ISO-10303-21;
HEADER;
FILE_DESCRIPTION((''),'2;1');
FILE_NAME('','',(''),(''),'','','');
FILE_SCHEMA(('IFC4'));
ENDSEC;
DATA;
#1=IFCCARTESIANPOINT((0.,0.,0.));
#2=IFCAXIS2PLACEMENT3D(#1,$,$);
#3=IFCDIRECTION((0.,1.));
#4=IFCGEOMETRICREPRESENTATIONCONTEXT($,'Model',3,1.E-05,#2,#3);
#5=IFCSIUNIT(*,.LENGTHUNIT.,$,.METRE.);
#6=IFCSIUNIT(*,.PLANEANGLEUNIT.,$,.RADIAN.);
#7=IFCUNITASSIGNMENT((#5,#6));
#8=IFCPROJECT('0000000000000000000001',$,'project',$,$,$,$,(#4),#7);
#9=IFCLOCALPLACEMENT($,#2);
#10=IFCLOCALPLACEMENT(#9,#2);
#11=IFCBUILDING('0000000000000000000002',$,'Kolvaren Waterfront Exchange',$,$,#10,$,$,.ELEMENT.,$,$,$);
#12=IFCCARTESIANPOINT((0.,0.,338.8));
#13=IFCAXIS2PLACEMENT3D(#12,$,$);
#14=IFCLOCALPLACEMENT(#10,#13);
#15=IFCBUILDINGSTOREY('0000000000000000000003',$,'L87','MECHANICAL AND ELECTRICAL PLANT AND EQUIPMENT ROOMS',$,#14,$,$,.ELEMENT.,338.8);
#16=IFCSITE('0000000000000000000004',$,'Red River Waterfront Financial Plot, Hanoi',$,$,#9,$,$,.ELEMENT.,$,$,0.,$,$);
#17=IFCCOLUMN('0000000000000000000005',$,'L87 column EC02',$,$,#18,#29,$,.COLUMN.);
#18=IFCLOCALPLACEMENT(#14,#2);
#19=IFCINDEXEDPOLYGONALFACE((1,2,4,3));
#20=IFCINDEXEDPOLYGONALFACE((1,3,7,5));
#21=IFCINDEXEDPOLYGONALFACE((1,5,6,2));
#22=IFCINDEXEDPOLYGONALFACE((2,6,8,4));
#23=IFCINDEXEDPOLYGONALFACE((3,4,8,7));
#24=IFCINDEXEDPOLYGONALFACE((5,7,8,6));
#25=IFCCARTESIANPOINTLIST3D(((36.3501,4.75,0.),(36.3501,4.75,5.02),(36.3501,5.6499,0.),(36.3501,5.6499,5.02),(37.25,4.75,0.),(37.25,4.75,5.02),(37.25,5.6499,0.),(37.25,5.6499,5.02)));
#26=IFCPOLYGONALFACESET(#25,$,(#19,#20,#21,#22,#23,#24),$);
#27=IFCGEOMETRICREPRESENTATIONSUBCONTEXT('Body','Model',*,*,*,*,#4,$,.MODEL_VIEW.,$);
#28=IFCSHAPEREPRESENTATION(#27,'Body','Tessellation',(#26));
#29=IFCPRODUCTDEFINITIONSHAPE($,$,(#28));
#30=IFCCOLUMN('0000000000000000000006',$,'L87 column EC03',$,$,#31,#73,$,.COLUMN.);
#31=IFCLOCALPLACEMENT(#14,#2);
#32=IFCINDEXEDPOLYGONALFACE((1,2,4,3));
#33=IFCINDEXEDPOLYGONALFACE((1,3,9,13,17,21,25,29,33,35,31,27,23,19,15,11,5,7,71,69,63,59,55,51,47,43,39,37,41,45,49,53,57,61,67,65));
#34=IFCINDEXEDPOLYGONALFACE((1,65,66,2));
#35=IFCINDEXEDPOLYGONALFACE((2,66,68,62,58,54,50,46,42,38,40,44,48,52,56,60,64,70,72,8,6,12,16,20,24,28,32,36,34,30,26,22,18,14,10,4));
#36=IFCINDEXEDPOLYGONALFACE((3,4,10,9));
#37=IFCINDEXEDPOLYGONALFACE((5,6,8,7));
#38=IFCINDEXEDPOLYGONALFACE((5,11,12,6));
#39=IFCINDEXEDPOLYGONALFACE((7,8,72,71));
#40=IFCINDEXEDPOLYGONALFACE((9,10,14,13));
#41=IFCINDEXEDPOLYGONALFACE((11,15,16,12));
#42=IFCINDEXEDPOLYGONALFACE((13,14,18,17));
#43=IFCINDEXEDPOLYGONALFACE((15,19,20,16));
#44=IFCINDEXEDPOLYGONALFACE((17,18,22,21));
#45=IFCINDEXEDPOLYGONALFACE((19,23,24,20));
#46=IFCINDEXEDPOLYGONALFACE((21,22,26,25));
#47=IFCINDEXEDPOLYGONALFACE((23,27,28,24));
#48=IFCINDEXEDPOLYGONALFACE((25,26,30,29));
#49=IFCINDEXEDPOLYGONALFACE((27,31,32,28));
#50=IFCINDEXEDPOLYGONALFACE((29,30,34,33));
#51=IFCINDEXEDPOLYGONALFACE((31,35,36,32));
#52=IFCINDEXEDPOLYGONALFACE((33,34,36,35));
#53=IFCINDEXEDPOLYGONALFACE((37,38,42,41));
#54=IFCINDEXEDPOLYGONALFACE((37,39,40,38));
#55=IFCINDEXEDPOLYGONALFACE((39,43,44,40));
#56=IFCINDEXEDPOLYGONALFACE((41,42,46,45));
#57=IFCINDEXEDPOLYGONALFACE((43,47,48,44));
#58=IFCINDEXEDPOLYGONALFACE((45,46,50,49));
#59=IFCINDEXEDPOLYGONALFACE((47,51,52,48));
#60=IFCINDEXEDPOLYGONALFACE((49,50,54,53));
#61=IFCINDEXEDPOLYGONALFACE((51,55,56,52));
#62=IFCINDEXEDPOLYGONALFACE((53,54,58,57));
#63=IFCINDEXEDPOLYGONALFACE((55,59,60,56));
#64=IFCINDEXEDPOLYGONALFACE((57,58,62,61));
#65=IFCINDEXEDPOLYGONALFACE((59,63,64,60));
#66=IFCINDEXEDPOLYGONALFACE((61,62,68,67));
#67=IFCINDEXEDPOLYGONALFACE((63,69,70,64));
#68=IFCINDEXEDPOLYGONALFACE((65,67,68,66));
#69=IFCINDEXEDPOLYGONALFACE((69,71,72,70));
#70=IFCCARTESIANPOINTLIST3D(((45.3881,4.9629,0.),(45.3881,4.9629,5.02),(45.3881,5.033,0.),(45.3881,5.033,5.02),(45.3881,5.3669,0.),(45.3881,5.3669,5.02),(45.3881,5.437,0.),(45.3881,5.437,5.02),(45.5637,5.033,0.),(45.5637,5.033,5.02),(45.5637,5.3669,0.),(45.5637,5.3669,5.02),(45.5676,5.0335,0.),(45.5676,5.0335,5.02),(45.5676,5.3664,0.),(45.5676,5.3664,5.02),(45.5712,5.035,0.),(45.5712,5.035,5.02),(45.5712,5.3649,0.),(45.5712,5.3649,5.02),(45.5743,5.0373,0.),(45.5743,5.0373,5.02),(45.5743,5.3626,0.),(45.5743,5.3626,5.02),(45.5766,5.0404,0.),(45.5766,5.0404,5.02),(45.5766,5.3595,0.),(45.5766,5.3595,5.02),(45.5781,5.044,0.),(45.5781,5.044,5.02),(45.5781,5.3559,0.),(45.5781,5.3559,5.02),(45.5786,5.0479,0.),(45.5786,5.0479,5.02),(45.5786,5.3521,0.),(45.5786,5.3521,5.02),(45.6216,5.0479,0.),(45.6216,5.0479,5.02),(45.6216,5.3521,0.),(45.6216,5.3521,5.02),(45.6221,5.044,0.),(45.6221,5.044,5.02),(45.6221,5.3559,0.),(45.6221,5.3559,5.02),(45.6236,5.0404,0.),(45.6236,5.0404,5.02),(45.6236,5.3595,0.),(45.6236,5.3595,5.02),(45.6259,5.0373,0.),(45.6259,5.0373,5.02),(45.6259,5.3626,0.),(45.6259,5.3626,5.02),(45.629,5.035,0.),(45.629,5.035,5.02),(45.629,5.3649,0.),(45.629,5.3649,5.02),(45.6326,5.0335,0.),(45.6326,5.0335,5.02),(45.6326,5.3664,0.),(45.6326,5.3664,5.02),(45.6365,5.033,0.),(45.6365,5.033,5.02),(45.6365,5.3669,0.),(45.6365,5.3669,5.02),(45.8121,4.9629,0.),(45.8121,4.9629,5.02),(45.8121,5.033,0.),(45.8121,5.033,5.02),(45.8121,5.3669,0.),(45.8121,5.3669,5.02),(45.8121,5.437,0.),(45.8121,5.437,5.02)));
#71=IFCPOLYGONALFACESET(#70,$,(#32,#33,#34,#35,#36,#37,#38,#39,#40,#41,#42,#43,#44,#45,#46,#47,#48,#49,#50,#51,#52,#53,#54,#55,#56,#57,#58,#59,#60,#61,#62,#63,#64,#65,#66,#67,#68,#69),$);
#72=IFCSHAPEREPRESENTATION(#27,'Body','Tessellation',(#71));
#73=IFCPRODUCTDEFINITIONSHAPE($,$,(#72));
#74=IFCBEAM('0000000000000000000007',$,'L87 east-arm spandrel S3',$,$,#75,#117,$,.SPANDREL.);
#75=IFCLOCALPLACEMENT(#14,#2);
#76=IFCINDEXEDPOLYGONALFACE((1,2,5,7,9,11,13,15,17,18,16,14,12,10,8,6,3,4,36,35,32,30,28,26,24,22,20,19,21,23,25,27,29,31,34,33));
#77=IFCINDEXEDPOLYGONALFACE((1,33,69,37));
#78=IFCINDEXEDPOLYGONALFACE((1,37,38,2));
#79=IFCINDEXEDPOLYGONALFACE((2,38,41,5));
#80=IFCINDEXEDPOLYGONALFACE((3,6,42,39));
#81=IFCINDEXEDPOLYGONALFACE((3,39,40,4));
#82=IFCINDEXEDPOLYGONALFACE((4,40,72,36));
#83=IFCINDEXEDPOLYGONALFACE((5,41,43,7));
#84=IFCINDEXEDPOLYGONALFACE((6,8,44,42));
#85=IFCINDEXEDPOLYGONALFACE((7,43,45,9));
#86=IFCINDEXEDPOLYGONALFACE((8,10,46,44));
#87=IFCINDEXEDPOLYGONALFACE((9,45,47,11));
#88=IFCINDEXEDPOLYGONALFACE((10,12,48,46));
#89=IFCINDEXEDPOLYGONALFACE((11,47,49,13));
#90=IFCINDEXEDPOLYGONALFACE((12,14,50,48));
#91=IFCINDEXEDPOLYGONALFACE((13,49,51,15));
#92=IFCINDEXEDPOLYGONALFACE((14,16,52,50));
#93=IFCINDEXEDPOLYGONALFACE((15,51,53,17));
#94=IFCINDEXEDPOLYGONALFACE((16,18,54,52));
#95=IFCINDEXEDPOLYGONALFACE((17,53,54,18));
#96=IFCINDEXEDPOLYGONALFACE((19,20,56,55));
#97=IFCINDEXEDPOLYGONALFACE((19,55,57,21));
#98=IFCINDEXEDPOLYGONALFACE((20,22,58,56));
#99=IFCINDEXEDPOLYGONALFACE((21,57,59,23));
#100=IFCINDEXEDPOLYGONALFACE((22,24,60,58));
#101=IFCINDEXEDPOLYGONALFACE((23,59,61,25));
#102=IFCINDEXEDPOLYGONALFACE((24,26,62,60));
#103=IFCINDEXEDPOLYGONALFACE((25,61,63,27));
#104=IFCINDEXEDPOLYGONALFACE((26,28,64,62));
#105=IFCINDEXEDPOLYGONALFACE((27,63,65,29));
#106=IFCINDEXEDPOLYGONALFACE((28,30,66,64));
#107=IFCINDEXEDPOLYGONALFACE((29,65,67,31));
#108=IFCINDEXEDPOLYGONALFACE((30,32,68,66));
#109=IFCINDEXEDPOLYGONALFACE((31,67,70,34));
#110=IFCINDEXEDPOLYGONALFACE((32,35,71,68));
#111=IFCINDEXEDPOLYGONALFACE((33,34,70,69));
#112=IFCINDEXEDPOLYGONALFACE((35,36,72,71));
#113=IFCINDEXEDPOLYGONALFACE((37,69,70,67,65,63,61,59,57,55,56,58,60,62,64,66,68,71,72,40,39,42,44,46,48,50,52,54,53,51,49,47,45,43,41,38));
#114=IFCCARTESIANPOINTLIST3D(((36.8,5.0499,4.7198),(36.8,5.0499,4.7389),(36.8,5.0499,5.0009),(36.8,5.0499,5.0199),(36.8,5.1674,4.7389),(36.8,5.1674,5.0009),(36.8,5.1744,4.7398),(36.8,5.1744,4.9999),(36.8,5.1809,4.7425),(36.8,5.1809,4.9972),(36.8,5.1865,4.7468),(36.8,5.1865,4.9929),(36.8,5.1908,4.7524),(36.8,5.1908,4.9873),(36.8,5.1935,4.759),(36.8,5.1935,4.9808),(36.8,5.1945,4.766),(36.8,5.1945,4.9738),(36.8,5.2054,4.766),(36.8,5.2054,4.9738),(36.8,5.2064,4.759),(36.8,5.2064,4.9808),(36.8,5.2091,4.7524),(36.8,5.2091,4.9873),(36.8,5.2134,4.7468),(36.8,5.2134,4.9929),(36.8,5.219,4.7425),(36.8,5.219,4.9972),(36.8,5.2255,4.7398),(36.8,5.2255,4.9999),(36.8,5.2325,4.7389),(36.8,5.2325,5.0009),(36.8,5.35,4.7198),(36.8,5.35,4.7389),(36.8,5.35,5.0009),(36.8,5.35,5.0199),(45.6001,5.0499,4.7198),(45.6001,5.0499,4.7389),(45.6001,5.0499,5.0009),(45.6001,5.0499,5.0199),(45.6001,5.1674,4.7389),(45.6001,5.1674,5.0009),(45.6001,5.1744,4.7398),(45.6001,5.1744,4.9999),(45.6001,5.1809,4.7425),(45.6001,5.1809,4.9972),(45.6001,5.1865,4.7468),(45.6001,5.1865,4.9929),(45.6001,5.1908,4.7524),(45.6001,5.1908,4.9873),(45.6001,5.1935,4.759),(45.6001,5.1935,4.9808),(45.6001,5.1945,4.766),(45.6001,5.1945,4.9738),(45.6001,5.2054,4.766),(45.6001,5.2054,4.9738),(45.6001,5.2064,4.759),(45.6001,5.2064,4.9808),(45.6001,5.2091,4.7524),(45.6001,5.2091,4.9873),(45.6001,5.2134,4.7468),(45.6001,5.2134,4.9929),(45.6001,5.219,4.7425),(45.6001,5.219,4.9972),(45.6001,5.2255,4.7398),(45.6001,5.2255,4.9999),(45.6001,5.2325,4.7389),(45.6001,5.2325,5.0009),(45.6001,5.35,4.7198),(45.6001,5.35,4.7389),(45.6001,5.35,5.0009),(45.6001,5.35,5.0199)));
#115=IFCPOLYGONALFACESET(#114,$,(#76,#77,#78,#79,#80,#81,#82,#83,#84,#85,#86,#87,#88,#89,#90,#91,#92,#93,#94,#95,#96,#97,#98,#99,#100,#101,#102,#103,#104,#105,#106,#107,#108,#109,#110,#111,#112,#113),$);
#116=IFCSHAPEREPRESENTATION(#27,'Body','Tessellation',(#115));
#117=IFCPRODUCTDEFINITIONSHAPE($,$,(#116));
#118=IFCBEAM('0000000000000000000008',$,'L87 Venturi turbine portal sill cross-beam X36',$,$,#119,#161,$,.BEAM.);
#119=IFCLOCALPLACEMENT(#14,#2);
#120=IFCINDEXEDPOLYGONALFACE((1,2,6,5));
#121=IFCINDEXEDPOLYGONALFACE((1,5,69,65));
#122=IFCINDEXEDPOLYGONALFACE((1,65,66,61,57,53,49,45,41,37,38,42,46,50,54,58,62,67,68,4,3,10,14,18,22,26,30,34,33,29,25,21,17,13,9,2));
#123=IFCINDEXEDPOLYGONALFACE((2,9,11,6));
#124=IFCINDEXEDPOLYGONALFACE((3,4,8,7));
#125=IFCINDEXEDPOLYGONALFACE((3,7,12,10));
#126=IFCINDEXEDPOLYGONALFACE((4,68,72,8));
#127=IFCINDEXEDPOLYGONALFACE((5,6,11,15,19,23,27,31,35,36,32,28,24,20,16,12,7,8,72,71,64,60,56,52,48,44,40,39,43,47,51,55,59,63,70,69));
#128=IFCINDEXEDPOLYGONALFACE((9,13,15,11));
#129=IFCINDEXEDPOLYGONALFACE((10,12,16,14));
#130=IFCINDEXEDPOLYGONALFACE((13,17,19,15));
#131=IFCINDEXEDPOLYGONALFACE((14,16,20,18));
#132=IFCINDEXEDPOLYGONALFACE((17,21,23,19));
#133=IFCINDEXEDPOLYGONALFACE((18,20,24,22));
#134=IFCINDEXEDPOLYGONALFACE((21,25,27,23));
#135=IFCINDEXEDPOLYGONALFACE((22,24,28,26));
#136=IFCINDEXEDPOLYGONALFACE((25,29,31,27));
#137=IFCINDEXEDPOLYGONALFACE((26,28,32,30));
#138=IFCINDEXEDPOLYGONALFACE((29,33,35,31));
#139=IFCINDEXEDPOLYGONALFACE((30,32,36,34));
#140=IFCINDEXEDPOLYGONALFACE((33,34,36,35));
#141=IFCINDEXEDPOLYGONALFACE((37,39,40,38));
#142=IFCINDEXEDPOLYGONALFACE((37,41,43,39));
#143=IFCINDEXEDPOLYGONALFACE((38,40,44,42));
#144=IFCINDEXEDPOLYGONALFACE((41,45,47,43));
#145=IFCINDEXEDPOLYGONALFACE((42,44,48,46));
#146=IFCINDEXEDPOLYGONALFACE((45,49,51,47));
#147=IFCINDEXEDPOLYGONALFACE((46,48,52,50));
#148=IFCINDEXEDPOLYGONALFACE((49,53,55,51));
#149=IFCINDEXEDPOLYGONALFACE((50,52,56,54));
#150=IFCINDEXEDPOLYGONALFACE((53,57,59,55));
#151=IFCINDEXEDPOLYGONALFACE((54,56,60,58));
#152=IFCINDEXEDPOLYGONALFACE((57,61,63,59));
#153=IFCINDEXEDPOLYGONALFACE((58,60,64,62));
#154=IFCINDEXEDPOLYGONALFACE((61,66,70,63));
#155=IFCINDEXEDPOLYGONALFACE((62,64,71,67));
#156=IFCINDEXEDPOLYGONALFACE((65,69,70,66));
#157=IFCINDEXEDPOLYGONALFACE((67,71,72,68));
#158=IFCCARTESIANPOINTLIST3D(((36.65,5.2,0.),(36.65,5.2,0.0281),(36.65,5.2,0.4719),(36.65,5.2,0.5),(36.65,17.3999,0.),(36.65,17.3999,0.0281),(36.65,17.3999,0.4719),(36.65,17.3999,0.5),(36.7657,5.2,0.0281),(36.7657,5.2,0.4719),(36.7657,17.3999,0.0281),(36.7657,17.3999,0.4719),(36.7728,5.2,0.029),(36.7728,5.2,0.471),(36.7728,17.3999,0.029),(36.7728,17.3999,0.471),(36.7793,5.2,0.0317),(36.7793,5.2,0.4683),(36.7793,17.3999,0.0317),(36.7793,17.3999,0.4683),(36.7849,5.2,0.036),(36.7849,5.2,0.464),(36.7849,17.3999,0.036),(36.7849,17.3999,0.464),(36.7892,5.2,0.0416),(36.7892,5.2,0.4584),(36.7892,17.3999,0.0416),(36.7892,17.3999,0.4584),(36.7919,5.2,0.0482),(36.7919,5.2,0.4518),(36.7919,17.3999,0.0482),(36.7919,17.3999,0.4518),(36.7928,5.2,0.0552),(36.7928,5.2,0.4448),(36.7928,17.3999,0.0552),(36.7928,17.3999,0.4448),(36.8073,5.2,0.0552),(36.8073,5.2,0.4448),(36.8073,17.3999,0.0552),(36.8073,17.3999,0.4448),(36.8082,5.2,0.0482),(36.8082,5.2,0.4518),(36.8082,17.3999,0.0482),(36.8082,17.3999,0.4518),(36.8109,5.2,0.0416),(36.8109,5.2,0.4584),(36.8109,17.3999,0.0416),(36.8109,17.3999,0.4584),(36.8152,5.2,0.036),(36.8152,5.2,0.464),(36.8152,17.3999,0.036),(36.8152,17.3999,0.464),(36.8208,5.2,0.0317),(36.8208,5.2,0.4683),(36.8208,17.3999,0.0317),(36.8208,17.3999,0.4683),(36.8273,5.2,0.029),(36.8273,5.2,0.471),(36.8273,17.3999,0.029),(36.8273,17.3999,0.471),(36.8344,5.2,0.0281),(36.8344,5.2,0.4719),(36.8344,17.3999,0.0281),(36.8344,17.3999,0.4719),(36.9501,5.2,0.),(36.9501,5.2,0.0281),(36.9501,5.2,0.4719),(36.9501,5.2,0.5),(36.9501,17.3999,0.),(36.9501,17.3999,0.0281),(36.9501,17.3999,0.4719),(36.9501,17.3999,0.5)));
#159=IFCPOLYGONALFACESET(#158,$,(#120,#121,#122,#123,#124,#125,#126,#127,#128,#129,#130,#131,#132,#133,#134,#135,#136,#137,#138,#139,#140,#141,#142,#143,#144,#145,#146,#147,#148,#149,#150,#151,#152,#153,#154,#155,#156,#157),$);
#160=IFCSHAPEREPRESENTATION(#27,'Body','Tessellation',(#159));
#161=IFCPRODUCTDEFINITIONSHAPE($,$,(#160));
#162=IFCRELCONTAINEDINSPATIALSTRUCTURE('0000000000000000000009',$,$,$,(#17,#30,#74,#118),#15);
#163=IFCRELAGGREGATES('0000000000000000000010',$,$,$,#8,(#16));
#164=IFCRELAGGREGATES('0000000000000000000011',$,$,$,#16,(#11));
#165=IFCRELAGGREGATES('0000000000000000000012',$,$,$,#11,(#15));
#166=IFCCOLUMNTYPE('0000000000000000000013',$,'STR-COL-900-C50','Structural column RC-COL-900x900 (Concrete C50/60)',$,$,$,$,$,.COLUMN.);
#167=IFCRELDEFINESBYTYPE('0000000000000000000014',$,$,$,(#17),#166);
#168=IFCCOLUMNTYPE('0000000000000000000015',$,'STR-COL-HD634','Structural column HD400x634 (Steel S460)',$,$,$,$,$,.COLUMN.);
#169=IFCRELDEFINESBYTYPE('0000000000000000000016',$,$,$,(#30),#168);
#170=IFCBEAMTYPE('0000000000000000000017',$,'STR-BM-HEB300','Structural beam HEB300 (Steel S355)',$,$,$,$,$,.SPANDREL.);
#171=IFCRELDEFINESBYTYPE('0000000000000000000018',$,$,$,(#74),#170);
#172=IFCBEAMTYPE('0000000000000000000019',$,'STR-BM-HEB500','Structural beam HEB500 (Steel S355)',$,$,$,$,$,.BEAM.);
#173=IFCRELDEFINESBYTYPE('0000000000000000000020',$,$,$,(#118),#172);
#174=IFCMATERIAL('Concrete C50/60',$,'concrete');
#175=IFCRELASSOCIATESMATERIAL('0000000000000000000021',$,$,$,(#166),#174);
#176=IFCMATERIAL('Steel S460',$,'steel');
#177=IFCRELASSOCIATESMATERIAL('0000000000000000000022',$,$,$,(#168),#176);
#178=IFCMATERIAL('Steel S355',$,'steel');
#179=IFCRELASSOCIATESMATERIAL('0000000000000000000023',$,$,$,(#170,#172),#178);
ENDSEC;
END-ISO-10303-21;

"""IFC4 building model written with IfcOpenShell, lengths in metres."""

from ifc_helpers import new_model, si_unit, direction, frame, origin, origin_2d, place, context, subcontext, project, spatial, rectangle, i_section, extrude, material, material_profile, profile_set, type_object, element, save


model = new_model("IFC4")

# Units and contexts
model_context = context("Model", 3, precision=1e-05, world=origin(), true_north=direction((0.0, 1.0)))
body_context = subcontext(model_context, "Body", "Model", "MODEL_VIEW")
ifc_project = project(units=[si_unit("LENGTHUNIT", "METRE"), si_unit("PLANEANGLEUNIT", "RADIAN")], contexts=[model_context])

# Site, building, storey
site_placement = place(None, origin())
site = spatial("IfcSite", under=ifc_project, at=site_placement, Name="Red River Waterfront Financial Plot, Hanoi", CompositionType="ELEMENT", RefElevation=0.0)
building_placement = place(site_placement, origin())
building = spatial("IfcBuilding", under=site, at=building_placement, Name="Kolvaren Waterfront Exchange", CompositionType="ELEMENT")
storey_placement = place(building_placement, frame((0.0, 0.0, 338.8)))
storey = spatial("IfcBuildingStorey", under=building, at=storey_placement, Name="L87", Description="MECHANICAL AND ELECTRICAL PLANT AND EQUIPMENT ROOMS", CompositionType="ELEMENT", Elevation=338.8)

# Columns
ifc_material_1 = material(Name="Concrete C50/60", Category="concrete")
ifc_material_profile_1 = material_profile(ifc_material_1, rectangle(XDim=0.8999, YDim=0.8999, at=origin_2d()), Name="RC-COL-900x900")
ifc_profile_set_1 = profile_set([ifc_material_profile_1], Name="Concrete C50/60")
column_type_1 = type_object("IfcColumnType", Name="STR-COL-900-C50", Description="Structural column RC-COL-900x900 (Concrete C50/60)", PredefinedType="COLUMN", material=ifc_profile_set_1)
column_1_placement = place(storey_placement, frame((36.8, 5.2, 0.0), z_axis=(0.0, 0.0, 1.0), x_axis=(1.0, 0.0, 0.0)))
element("IfcColumn", 1, at=column_1_placement, inside=storey, type_object=column_type_1, Name="L87 column EC02", PredefinedType="COLUMN", context=body_context, shape_type="SweptSolid", body=[
    extrude(rectangle(XDim=0.8999, YDim=0.8999, at=origin_2d()), origin(), (0.0, 0.0, 1.0), 5.02),
])
ifc_material_2 = material(Name="Steel S460", Category="steel")
ifc_material_profile_2 = material_profile(ifc_material_2, i_section(OverallWidth=0.4241, OverallDepth=0.4741, WebThickness=0.043, FlangeThickness=0.0701, FilletRadius=0.0149, at=origin_2d()), Name="HD400x634")
ifc_profile_set_2 = profile_set([ifc_material_profile_2], Name="Steel S460")
column_type_2 = type_object("IfcColumnType", Name="STR-COL-HD634", Description="Structural column HD400x634 (Steel S460)", PredefinedType="COLUMN", material=ifc_profile_set_2)
column_2_placement = place(storey_placement, frame((45.6001, 5.2, 0.0), z_axis=(0.0, 0.0, 1.0), x_axis=(1.0, 0.0, 0.0)))
element("IfcColumn", 2, at=column_2_placement, inside=storey, type_object=column_type_2, Name="L87 column EC03", PredefinedType="COLUMN", context=body_context, shape_type="SweptSolid", body=[
    extrude(i_section(OverallWidth=0.4241, OverallDepth=0.4741, WebThickness=0.043, FlangeThickness=0.0701, FilletRadius=0.0149, at=origin_2d()), origin(), (0.0, 0.0, 1.0), 5.02),
])

# Beams
ifc_material_3 = material(Name="Steel S355", Category="steel")
ifc_material_profile_3 = material_profile(ifc_material_3, i_section(OverallWidth=0.3, OverallDepth=0.3, WebThickness=0.011, FlangeThickness=0.019, FilletRadius=0.0271, at=origin_2d()), Name="HEB300")
ifc_profile_set_3 = profile_set([ifc_material_profile_3], Name="Steel S355")
beam_type_1 = type_object("IfcBeamType", Name="STR-BM-HEB300", Description="Structural beam HEB300 (Steel S355)", PredefinedType="SPANDREL", material=ifc_profile_set_3)
beam_1_placement = place(storey_placement, frame((36.8, 5.2, 4.8699), z_axis=(1.0, 0.0, 0.0), x_axis=(0.0, 1.0, 0.0)))
element("IfcBeam", 3, at=beam_1_placement, inside=storey, type_object=beam_type_1, Name="L87 east-arm spandrel S3", PredefinedType="SPANDREL", context=body_context, shape_type="SweptSolid", body=[
    extrude(i_section(OverallWidth=0.3, OverallDepth=0.3, WebThickness=0.011, FlangeThickness=0.019, FilletRadius=0.0271, at=origin_2d()), origin(), (0.0, 0.0, 1.0), 8.8),
])
ifc_material_profile_4 = material_profile(ifc_material_3, i_section(OverallWidth=0.3, OverallDepth=0.5, WebThickness=0.0144, FlangeThickness=0.0281, FilletRadius=0.0271, at=origin_2d()), Name="HEB500")
ifc_profile_set_4 = profile_set([ifc_material_profile_4], Name="Steel S355")
beam_type_2 = type_object("IfcBeamType", Name="STR-BM-HEB500", Description="Structural beam HEB500 (Steel S355)", PredefinedType="BEAM", material=ifc_profile_set_4)
for number, where, z_axis, x_axis, name in (
    (4, (36.8, 5.2, 0.25), (0.0, 1.0, 0.0), (-1.0, 0.0, 0.0), "L87 Venturi turbine portal sill cross-beam X36"),
):
    element("IfcBeam", number, at=place(storey_placement, frame(where, z_axis=z_axis, x_axis=x_axis)), inside=storey, type_object=beam_type_2, Name=name, PredefinedType="BEAM", context=body_context, shape_type="SweptSolid", body=[
        extrude(i_section(OverallWidth=0.3, OverallDepth=0.5, WebThickness=0.0144, FlangeThickness=0.0281, FilletRadius=0.0271, at=origin_2d()), origin(), (0.0, 0.0, 1.0), 12.2),
    ])

save(model, "model.ifc")
